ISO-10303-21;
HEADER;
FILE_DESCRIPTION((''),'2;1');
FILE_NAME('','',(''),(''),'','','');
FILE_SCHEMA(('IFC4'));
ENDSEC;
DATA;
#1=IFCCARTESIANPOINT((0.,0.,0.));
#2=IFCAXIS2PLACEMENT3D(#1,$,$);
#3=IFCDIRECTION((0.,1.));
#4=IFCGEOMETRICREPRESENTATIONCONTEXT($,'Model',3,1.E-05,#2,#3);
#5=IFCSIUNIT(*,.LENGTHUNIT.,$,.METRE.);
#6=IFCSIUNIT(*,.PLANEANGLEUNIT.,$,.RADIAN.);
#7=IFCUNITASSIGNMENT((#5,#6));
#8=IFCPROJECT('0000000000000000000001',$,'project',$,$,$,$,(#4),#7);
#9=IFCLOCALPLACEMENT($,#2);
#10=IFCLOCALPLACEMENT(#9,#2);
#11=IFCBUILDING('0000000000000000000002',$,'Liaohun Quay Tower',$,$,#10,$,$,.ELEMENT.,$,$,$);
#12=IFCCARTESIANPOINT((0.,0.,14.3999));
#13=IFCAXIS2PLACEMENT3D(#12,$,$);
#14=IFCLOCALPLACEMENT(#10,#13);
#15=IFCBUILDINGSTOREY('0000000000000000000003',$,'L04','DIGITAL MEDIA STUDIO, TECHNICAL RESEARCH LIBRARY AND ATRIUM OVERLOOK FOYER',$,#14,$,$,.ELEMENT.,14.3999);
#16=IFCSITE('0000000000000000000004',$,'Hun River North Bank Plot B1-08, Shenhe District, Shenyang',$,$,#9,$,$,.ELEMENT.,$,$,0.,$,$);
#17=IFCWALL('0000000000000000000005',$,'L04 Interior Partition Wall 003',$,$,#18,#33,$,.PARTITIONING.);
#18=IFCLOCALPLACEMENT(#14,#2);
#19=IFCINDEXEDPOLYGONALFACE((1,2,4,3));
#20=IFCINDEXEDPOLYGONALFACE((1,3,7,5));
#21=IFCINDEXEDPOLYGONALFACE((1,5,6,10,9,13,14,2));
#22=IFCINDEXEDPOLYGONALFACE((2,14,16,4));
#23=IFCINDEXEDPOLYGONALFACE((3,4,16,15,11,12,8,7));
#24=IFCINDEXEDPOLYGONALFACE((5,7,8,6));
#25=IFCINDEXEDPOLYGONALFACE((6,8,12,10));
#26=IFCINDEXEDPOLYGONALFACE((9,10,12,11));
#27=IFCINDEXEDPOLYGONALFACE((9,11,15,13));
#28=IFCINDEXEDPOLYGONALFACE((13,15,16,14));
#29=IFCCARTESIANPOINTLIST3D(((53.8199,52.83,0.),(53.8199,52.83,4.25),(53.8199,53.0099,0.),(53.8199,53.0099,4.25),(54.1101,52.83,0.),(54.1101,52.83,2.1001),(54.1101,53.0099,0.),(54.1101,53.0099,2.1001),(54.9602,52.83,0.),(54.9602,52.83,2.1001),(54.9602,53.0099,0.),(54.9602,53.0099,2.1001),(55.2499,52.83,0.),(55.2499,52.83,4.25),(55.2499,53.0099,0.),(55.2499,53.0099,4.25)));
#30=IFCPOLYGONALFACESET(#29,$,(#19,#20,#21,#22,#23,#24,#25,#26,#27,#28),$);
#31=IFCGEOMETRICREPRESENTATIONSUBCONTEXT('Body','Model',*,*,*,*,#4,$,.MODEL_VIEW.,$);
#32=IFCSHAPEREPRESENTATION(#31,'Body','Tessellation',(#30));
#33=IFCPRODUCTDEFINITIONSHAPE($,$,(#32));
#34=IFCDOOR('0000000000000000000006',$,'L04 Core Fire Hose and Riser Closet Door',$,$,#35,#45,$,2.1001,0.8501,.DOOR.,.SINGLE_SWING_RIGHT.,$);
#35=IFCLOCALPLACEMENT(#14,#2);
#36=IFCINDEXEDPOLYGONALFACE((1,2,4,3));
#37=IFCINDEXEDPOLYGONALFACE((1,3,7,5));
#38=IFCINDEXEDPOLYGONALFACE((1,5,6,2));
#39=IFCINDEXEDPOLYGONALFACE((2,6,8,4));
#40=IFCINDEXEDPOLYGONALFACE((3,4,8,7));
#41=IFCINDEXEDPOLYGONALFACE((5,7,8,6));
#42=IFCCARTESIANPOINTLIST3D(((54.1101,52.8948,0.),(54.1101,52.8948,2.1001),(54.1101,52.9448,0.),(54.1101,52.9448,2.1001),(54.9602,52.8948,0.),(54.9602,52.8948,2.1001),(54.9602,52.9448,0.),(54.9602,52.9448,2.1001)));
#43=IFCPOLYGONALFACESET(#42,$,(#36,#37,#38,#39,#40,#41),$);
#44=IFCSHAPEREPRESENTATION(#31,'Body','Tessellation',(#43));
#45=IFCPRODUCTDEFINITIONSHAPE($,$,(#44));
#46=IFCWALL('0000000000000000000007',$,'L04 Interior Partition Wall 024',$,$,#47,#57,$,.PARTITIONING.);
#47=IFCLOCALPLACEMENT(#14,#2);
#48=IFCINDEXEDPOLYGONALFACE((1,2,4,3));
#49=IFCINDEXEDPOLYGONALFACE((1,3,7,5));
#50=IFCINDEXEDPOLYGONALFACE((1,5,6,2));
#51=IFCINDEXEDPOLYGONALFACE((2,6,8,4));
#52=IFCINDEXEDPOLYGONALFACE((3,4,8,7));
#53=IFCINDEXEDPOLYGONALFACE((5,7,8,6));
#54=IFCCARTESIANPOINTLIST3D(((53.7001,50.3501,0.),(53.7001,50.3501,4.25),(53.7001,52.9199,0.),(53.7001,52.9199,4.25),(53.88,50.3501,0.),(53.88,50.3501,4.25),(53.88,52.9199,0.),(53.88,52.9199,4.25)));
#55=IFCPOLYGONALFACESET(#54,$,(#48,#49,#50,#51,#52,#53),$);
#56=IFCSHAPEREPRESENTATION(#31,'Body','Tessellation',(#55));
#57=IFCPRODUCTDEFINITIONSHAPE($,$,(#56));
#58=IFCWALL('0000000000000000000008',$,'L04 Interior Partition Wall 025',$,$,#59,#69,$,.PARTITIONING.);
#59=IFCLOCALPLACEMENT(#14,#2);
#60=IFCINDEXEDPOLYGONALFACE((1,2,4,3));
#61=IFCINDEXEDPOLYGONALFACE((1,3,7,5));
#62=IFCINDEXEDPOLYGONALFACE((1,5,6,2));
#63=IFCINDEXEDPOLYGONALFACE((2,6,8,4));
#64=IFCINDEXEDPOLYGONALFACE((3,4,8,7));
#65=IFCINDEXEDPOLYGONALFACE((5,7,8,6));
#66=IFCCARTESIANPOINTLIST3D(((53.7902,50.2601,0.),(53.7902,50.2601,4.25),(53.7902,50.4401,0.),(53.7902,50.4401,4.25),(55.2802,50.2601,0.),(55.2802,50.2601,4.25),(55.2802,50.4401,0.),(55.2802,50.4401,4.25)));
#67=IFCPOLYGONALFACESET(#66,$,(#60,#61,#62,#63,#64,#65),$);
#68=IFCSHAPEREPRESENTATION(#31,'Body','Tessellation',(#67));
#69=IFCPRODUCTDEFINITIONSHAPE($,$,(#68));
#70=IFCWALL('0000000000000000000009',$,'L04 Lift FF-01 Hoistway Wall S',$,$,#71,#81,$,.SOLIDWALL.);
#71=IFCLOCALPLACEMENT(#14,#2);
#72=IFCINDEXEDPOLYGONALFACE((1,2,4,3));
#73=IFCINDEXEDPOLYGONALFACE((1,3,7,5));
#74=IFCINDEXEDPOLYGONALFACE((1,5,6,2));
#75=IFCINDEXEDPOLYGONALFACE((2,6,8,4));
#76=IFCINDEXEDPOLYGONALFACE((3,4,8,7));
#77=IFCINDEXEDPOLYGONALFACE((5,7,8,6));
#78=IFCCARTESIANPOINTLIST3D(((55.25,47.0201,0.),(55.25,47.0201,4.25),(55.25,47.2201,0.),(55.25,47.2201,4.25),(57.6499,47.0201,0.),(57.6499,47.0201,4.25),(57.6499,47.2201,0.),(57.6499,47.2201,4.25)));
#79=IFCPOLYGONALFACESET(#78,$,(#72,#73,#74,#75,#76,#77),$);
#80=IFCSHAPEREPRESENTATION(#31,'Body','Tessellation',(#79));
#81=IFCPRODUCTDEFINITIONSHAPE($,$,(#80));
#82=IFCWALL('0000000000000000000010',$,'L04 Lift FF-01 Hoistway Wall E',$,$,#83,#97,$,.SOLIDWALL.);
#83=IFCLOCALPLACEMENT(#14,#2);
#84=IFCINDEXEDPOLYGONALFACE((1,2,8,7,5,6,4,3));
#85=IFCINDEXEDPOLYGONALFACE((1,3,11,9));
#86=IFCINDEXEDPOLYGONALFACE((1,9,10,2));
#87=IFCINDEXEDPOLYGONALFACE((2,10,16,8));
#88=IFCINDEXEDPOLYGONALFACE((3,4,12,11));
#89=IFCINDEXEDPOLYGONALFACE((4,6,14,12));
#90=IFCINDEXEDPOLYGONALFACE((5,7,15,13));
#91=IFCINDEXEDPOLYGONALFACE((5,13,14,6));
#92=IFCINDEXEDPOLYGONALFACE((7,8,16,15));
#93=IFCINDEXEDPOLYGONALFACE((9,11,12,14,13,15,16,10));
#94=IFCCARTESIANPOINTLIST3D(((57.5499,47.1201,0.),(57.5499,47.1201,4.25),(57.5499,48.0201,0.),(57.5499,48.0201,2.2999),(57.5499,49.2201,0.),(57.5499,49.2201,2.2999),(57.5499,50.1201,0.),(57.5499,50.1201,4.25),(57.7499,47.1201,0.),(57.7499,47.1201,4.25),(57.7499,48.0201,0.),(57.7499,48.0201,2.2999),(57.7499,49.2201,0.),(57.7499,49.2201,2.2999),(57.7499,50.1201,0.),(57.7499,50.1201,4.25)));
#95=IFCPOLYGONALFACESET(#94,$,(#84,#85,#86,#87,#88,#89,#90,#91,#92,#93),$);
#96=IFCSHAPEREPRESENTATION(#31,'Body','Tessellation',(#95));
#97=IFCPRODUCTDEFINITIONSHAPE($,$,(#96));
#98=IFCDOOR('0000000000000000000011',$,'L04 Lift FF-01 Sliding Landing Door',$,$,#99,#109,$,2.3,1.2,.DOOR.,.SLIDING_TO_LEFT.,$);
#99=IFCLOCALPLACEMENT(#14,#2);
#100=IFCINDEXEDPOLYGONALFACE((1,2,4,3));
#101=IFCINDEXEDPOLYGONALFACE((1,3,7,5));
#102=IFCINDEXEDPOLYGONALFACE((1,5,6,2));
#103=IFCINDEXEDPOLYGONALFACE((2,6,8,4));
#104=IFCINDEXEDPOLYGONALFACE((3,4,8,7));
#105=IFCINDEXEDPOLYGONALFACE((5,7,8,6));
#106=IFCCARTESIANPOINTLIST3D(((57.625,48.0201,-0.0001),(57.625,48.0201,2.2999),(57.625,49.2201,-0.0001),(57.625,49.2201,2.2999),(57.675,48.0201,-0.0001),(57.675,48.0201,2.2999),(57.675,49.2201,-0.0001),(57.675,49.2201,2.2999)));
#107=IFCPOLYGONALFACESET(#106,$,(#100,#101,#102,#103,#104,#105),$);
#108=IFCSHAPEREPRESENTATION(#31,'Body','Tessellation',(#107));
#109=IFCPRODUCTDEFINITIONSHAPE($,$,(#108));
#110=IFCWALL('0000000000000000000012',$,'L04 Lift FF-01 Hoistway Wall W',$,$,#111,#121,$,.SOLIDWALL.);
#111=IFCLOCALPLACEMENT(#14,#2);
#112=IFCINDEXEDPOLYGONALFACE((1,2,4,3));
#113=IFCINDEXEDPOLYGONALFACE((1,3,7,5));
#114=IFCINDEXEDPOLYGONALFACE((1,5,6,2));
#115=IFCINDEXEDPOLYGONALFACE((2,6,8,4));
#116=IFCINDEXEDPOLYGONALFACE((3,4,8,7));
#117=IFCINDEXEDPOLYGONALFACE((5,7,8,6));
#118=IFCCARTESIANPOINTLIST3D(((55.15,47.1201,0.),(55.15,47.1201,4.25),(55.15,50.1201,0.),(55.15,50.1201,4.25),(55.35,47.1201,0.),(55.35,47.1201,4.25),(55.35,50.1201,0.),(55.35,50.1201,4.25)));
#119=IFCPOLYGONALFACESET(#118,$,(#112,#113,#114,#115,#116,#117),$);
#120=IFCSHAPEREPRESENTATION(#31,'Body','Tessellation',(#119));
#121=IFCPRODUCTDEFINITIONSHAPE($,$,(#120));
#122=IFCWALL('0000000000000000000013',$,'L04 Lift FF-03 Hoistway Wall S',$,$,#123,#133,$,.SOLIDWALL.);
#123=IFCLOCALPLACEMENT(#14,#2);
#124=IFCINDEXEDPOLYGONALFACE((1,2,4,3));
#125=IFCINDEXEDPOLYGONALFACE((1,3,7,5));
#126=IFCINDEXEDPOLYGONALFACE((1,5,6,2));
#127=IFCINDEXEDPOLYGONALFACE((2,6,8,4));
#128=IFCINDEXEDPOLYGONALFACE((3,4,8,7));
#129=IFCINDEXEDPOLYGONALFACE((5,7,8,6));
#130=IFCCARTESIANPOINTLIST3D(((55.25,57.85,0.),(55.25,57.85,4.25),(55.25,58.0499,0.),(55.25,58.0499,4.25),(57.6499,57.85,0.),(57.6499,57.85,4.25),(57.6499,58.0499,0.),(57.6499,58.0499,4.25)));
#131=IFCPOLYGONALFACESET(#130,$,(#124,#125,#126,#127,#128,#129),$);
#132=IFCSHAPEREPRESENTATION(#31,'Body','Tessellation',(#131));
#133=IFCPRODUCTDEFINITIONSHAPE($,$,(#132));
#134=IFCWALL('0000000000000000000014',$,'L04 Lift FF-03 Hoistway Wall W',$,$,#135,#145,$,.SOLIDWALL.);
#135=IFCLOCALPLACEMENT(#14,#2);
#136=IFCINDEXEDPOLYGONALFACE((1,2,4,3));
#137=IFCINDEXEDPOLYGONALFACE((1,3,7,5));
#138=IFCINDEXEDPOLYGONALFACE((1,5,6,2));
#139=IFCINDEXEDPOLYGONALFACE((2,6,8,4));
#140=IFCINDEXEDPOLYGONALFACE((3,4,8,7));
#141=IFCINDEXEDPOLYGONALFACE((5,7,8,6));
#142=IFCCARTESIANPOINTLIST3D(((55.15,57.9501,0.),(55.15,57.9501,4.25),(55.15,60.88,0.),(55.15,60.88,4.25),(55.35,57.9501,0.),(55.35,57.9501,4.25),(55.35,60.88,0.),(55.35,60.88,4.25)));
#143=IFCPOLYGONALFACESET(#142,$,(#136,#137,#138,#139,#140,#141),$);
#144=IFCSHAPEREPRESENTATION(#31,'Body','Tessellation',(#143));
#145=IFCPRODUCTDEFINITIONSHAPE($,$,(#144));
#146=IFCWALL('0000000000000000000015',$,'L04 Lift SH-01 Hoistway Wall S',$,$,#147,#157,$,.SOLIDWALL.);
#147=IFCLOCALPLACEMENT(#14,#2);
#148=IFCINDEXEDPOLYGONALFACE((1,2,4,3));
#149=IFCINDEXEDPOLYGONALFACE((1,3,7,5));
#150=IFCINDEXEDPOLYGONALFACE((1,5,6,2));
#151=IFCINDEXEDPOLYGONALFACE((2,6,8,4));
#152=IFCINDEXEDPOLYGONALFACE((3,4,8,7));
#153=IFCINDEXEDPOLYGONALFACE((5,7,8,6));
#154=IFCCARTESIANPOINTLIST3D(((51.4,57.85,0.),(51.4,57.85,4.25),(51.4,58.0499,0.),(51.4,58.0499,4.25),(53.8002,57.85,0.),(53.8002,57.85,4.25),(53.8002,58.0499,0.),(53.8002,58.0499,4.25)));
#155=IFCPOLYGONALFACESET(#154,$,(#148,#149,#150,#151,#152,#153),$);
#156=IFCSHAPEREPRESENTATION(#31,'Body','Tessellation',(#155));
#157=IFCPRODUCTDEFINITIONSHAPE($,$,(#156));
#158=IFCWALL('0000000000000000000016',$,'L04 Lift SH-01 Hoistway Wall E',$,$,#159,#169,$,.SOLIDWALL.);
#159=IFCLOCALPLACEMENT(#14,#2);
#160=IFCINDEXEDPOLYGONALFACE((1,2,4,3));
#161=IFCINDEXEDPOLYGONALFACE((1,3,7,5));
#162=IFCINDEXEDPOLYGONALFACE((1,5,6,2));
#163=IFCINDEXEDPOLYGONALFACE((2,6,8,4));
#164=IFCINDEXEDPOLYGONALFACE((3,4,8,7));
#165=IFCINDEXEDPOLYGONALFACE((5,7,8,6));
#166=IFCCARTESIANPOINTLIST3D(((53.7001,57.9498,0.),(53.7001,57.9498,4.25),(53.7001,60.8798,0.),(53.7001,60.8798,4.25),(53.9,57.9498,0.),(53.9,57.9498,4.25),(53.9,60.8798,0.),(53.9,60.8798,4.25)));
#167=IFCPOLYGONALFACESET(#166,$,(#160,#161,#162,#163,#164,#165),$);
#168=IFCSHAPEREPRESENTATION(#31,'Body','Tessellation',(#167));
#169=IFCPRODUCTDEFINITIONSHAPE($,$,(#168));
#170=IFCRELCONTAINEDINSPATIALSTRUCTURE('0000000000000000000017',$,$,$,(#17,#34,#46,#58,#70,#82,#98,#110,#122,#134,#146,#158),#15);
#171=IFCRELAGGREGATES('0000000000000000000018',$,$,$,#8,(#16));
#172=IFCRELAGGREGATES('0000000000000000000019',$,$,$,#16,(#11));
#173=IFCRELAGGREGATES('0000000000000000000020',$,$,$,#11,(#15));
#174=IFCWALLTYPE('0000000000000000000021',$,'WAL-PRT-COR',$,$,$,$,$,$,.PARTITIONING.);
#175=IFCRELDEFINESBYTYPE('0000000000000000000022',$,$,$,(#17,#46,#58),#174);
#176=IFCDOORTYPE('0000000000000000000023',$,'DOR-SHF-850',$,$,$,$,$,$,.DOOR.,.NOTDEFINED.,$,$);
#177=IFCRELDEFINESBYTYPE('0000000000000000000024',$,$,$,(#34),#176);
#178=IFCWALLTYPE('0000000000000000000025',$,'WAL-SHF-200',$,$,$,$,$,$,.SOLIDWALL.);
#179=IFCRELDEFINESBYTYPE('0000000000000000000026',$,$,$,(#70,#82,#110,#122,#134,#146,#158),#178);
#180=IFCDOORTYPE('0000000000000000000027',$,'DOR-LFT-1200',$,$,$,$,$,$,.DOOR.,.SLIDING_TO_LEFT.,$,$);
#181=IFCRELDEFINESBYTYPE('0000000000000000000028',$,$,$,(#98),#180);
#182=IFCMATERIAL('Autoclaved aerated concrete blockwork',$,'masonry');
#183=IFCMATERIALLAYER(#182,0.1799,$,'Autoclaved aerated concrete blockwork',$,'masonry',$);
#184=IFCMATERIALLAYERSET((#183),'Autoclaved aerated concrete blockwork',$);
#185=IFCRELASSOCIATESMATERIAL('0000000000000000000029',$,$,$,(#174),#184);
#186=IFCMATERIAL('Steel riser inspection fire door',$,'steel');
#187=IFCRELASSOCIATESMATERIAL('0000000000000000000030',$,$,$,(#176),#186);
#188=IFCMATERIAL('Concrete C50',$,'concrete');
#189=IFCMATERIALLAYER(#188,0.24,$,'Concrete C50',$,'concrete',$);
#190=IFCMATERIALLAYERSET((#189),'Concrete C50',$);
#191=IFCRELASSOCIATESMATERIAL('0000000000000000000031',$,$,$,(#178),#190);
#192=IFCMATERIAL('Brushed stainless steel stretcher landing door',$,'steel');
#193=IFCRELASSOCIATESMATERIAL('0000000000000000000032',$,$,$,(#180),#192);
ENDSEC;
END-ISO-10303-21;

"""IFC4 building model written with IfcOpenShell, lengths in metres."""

from ifc_helpers import new_model, si_unit, direction, frame, frame_2d, origin, place, context, subcontext, project, spatial, rectangle, extrude, source, transform, mapped, material, layer, layer_set, type_object, element, fill, save


model = new_model("IFC4")

# Units and contexts
model_context = context("Model", 3, precision=1e-05, world=origin(), true_north=direction((0.0, 1.0)))
body_context = subcontext(model_context, "Body", "Model", "MODEL_VIEW")
ifc_project = project(units=[si_unit("LENGTHUNIT", "METRE"), si_unit("PLANEANGLEUNIT", "RADIAN")], contexts=[model_context])

# Site, building, storey
site_placement = place(None, origin())
site = spatial("IfcSite", under=ifc_project, at=site_placement, Name="Hun River North Bank Plot B1-08, Shenhe District, Shenyang", CompositionType="ELEMENT", RefElevation=0.0)
building_placement = place(site_placement, origin())
building = spatial("IfcBuilding", under=site, at=building_placement, Name="Liaohun Quay Tower", CompositionType="ELEMENT")
storey_placement = place(building_placement, frame((0.0, 0.0, 14.3999)))
storey = spatial("IfcBuildingStorey", under=building, at=storey_placement, Name="L04", Description="DIGITAL MEDIA STUDIO, TECHNICAL RESEARCH LIBRARY AND ATRIUM OVERLOOK FOYER", CompositionType="ELEMENT", Elevation=14.3999)

# Wall, opening, door
ifc_material_1 = material(Name="Autoclaved aerated concrete blockwork", Category="masonry")
ifc_layer_1 = layer(ifc_material_1, 0.1799, Name="Autoclaved aerated concrete blockwork", Category="masonry")
ifc_layer_set_1 = layer_set([ifc_layer_1], Name="Autoclaved aerated concrete blockwork")
wall_type_1 = type_object("IfcWallType", Name="WAL-PRT-COR", PredefinedType="PARTITIONING", material=ifc_layer_set_1)
wall_1_placement = place(storey_placement, frame((53.8201, 52.9199, 0.0), z_axis=(0.0, 0.0, 1.0), x_axis=(1.0, 0.0, 0.0)))
wall_1 = element("IfcWall", 1, at=wall_1_placement, inside=storey, type_object=wall_type_1, Name="L04 Interior Partition Wall 003", PredefinedType="PARTITIONING", context=body_context, shape_type="SweptSolid", body=[
    extrude(rectangle(XDim=1.4299, YDim=0.1799, at=frame_2d((0.7148, 0.0))), origin(), (0.0, 0.0, 1.0), 4.25),
])
shared_shape_1 = source(origin(), body_context, "Body", "SweptSolid", [
    extrude(rectangle(XDim=0.8501, YDim=2.1001, at=frame_2d((0.425, 1.05))), frame((0.0, 0.0999, 0.0), z_axis=(0.0, -1.0, 0.0), x_axis=(1.0, 0.0, 0.0)), (0.0, 0.0, 1.0), 0.2),
])
opening_1_placement = place(wall_1_placement, frame((0.29, 0.0, 0.0)))
opening_1 = element("IfcOpeningElement", 2, at=opening_1_placement, cuts=wall_1, PredefinedType="OPENING", context=body_context, shape_type="MappedRepresentation", body=[
    mapped(shared_shape_1, transform((0.0, 0.0, 0.0), x_axis=(1.0, 0.0, 0.0), y_axis=(0.0, 1.0, 0.0), z_axis=(0.0, 0.0, 1.0), scale=1.0)),
])
ifc_material_2 = material(Name="Steel riser inspection fire door", Category="steel")
door_type_1 = type_object("IfcDoorType", Name="DOR-SHF-850", OperationType="NOTDEFINED", PredefinedType="DOOR", material=ifc_material_2)
shared_shape_2 = source(origin(), body_context, "Body", "SweptSolid", [
    extrude(rectangle(XDim=0.8501, YDim=2.1001, at=frame_2d((0.425, 1.05))), frame((0.0, 0.0249, 0.0), z_axis=(0.0, -1.0, 0.0), x_axis=(1.0, 0.0, 0.0)), (0.0, 0.0, 1.0), 0.05),
])
door_1_placement = place(opening_1_placement, origin())
door_1 = element("IfcDoor", 3, at=door_1_placement, inside=storey, type_object=door_type_1, Name="L04 Core Fire Hose and Riser Closet Door", OperationType="SINGLE_SWING_RIGHT", OverallHeight=2.1001, OverallWidth=0.8501, PredefinedType="DOOR", context=body_context, shape_type="MappedRepresentation", body=[
    mapped(shared_shape_2, transform((0.0, 0.0, 0.0), x_axis=(1.0, 0.0, 0.0), y_axis=(0.0, 1.0, 0.0), z_axis=(0.0, 0.0, 1.0), scale=1.0)),
])
fill(opening_1, door_1)

# Walls
wall_2_placement = place(storey_placement, frame((53.79, 50.3501, 0.0), z_axis=(0.0, 0.0, 1.0), x_axis=(0.0, 1.0, 0.0)))
element("IfcWall", 4, at=wall_2_placement, inside=storey, type_object=wall_type_1, Name="L04 Interior Partition Wall 024", PredefinedType="PARTITIONING", context=body_context, shape_type="SweptSolid", body=[
    extrude(rectangle(XDim=2.5698, YDim=0.1799, at=frame_2d((1.2849, 0.0))), origin(), (0.0, 0.0, 1.0), 4.25),
])
wall_3_placement = place(storey_placement, frame((53.79, 50.3501, 0.0), z_axis=(0.0, 0.0, 1.0), x_axis=(1.0, 0.0, 0.0)))
element("IfcWall", 5, at=wall_3_placement, inside=storey, type_object=wall_type_1, Name="L04 Interior Partition Wall 025", PredefinedType="PARTITIONING", context=body_context, shape_type="SweptSolid", body=[
    extrude(rectangle(XDim=1.49, YDim=0.1799, at=frame_2d((0.7451, 0.0))), origin(), (0.0, 0.0, 1.0), 4.25),
])
ifc_material_3 = material(Name="Concrete C50", Category="concrete")
ifc_layer_2 = layer(ifc_material_3, 0.24, Name="Concrete C50", Category="concrete")
ifc_layer_set_2 = layer_set([ifc_layer_2], Name="Concrete C50")
wall_type_2 = type_object("IfcWallType", Name="WAL-SHF-200", PredefinedType="SOLIDWALL", material=ifc_layer_set_2)
wall_4_placement = place(storey_placement, frame((55.25, 47.1201, 0.0), z_axis=(0.0, 0.0, 1.0), x_axis=(1.0, 0.0, 0.0)))
element("IfcWall", 6, at=wall_4_placement, inside=storey, type_object=wall_type_2, Name="L04 Lift FF-01 Hoistway Wall S", PredefinedType="SOLIDWALL", context=body_context, shape_type="SweptSolid", body=[
    extrude(rectangle(XDim=2.3999, YDim=0.2, at=frame_2d((1.2, 0.0))), origin(), (0.0, 0.0, 1.0), 4.25),
])

# Wall, opening, door
wall_5_placement = place(storey_placement, frame((57.6499, 47.1201, 0.0), z_axis=(0.0, 0.0, 1.0), x_axis=(0.0, 1.0, 0.0)))
wall_5 = element("IfcWall", 7, at=wall_5_placement, inside=storey, type_object=wall_type_2, Name="L04 Lift FF-01 Hoistway Wall E", PredefinedType="SOLIDWALL", context=body_context, shape_type="SweptSolid", body=[
    extrude(rectangle(XDim=3.0, YDim=0.2, at=frame_2d((1.5, 0.0))), origin(), (0.0, 0.0, 1.0), 4.25),
])
shared_shape_3 = source(origin(), body_context, "Body", "SweptSolid", [
    extrude(rectangle(XDim=1.2, YDim=2.3, at=frame_2d((0.6001, 1.1499))), frame((0.0, 0.1099, 0.0), z_axis=(0.0, -1.0, 0.0), x_axis=(1.0, 0.0, 0.0)), (0.0, 0.0, 1.0), 0.22),
])
opening_2_placement = place(wall_5_placement, frame((0.8999, 0.0, 0.0)))
opening_2 = element("IfcOpeningElement", 8, at=opening_2_placement, cuts=wall_5, PredefinedType="OPENING", context=body_context, shape_type="MappedRepresentation", body=[
    mapped(shared_shape_3, transform((0.0, 0.0, 0.0), x_axis=(1.0, 0.0, 0.0), y_axis=(0.0, 1.0, 0.0), z_axis=(0.0, 0.0, 1.0), scale=1.0)),
])
ifc_material_4 = material(Name="Brushed stainless steel stretcher landing door", Category="steel")
door_type_2 = type_object("IfcDoorType", Name="DOR-LFT-1200", OperationType="SLIDING_TO_LEFT", PredefinedType="DOOR", material=ifc_material_4)
shared_shape_4 = source(origin(), body_context, "Body", "SweptSolid", [
    extrude(rectangle(XDim=1.2, YDim=2.3, at=frame_2d((0.6001, 1.1499))), frame((0.0, 0.0249, 0.0), z_axis=(0.0, -1.0, 0.0), x_axis=(1.0, 0.0, 0.0)), (0.0, 0.0, 1.0), 0.05),
])
door_2_placement = place(opening_2_placement, origin())
door_2 = element("IfcDoor", 9, at=door_2_placement, inside=storey, type_object=door_type_2, Name="L04 Lift FF-01 Sliding Landing Door", OperationType="SLIDING_TO_LEFT", OverallHeight=2.3, OverallWidth=1.2, PredefinedType="DOOR", context=body_context, shape_type="MappedRepresentation", body=[
    mapped(shared_shape_4, transform((0.0, 0.0, 0.0), x_axis=(1.0, 0.0, 0.0), y_axis=(0.0, 1.0, 0.0), z_axis=(0.0, 0.0, 1.0), scale=1.0)),
])
fill(opening_2, door_2)

# Walls
wall_6_placement = place(storey_placement, frame((55.25, 50.1201, 0.0), z_axis=(0.0, 0.0, 1.0), x_axis=(0.0, -1.0, 0.0)))
element("IfcWall", 10, at=wall_6_placement, inside=storey, type_object=wall_type_2, Name="L04 Lift FF-01 Hoistway Wall W", PredefinedType="SOLIDWALL", context=body_context, shape_type="SweptSolid", body=[
    extrude(rectangle(XDim=3.0, YDim=0.2, at=frame_2d((1.5, 0.0))), origin(), (0.0, 0.0, 1.0), 4.25),
])
wall_7_placement = place(storey_placement, frame((55.25, 57.95, 0.0), z_axis=(0.0, 0.0, 1.0), x_axis=(1.0, 0.0, 0.0)))
element("IfcWall", 11, at=wall_7_placement, inside=storey, type_object=wall_type_2, Name="L04 Lift FF-03 Hoistway Wall S", PredefinedType="SOLIDWALL", context=body_context, shape_type="SweptSolid", body=[
    extrude(rectangle(XDim=2.3999, YDim=0.2, at=frame_2d((1.2, 0.0))), origin(), (0.0, 0.0, 1.0), 4.25),
])
wall_8_placement = place(storey_placement, frame((55.25, 60.8799, 0.0), z_axis=(0.0, 0.0, 1.0), x_axis=(0.0, -1.0, 0.0)))
element("IfcWall", 12, at=wall_8_placement, inside=storey, type_object=wall_type_2, Name="L04 Lift FF-03 Hoistway Wall W", PredefinedType="SOLIDWALL", context=body_context, shape_type="SweptSolid", body=[
    extrude(rectangle(XDim=2.9299, YDim=0.2, at=frame_2d((1.4648, 0.0))), origin(), (0.0, 0.0, 1.0), 4.25),
])
wall_9_placement = place(storey_placement, frame((51.3999, 57.95, 0.0), z_axis=(0.0, 0.0, 1.0), x_axis=(1.0, 0.0, 0.0)))
element("IfcWall", 13, at=wall_9_placement, inside=storey, type_object=wall_type_2, Name="L04 Lift SH-01 Hoistway Wall S", PredefinedType="SOLIDWALL", context=body_context, shape_type="SweptSolid", body=[
    extrude(rectangle(XDim=2.4001, YDim=0.2, at=frame_2d((1.2002, 0.0))), origin(), (0.0, 0.0, 1.0), 4.25),
])
wall_10_placement = place(storey_placement, frame((53.8, 57.95, 0.0), z_axis=(0.0, 0.0, 1.0), x_axis=(0.0, 1.0, 0.0)))
element("IfcWall", 14, at=wall_10_placement, inside=storey, type_object=wall_type_2, Name="L04 Lift SH-01 Hoistway Wall E", PredefinedType="SOLIDWALL", context=body_context, shape_type="SweptSolid", body=[
    extrude(rectangle(XDim=2.9299, YDim=0.2, at=frame_2d((1.4648, 0.0))), origin(), (0.0, 0.0, 1.0), 4.25),
])

save(model, "model.ifc")
